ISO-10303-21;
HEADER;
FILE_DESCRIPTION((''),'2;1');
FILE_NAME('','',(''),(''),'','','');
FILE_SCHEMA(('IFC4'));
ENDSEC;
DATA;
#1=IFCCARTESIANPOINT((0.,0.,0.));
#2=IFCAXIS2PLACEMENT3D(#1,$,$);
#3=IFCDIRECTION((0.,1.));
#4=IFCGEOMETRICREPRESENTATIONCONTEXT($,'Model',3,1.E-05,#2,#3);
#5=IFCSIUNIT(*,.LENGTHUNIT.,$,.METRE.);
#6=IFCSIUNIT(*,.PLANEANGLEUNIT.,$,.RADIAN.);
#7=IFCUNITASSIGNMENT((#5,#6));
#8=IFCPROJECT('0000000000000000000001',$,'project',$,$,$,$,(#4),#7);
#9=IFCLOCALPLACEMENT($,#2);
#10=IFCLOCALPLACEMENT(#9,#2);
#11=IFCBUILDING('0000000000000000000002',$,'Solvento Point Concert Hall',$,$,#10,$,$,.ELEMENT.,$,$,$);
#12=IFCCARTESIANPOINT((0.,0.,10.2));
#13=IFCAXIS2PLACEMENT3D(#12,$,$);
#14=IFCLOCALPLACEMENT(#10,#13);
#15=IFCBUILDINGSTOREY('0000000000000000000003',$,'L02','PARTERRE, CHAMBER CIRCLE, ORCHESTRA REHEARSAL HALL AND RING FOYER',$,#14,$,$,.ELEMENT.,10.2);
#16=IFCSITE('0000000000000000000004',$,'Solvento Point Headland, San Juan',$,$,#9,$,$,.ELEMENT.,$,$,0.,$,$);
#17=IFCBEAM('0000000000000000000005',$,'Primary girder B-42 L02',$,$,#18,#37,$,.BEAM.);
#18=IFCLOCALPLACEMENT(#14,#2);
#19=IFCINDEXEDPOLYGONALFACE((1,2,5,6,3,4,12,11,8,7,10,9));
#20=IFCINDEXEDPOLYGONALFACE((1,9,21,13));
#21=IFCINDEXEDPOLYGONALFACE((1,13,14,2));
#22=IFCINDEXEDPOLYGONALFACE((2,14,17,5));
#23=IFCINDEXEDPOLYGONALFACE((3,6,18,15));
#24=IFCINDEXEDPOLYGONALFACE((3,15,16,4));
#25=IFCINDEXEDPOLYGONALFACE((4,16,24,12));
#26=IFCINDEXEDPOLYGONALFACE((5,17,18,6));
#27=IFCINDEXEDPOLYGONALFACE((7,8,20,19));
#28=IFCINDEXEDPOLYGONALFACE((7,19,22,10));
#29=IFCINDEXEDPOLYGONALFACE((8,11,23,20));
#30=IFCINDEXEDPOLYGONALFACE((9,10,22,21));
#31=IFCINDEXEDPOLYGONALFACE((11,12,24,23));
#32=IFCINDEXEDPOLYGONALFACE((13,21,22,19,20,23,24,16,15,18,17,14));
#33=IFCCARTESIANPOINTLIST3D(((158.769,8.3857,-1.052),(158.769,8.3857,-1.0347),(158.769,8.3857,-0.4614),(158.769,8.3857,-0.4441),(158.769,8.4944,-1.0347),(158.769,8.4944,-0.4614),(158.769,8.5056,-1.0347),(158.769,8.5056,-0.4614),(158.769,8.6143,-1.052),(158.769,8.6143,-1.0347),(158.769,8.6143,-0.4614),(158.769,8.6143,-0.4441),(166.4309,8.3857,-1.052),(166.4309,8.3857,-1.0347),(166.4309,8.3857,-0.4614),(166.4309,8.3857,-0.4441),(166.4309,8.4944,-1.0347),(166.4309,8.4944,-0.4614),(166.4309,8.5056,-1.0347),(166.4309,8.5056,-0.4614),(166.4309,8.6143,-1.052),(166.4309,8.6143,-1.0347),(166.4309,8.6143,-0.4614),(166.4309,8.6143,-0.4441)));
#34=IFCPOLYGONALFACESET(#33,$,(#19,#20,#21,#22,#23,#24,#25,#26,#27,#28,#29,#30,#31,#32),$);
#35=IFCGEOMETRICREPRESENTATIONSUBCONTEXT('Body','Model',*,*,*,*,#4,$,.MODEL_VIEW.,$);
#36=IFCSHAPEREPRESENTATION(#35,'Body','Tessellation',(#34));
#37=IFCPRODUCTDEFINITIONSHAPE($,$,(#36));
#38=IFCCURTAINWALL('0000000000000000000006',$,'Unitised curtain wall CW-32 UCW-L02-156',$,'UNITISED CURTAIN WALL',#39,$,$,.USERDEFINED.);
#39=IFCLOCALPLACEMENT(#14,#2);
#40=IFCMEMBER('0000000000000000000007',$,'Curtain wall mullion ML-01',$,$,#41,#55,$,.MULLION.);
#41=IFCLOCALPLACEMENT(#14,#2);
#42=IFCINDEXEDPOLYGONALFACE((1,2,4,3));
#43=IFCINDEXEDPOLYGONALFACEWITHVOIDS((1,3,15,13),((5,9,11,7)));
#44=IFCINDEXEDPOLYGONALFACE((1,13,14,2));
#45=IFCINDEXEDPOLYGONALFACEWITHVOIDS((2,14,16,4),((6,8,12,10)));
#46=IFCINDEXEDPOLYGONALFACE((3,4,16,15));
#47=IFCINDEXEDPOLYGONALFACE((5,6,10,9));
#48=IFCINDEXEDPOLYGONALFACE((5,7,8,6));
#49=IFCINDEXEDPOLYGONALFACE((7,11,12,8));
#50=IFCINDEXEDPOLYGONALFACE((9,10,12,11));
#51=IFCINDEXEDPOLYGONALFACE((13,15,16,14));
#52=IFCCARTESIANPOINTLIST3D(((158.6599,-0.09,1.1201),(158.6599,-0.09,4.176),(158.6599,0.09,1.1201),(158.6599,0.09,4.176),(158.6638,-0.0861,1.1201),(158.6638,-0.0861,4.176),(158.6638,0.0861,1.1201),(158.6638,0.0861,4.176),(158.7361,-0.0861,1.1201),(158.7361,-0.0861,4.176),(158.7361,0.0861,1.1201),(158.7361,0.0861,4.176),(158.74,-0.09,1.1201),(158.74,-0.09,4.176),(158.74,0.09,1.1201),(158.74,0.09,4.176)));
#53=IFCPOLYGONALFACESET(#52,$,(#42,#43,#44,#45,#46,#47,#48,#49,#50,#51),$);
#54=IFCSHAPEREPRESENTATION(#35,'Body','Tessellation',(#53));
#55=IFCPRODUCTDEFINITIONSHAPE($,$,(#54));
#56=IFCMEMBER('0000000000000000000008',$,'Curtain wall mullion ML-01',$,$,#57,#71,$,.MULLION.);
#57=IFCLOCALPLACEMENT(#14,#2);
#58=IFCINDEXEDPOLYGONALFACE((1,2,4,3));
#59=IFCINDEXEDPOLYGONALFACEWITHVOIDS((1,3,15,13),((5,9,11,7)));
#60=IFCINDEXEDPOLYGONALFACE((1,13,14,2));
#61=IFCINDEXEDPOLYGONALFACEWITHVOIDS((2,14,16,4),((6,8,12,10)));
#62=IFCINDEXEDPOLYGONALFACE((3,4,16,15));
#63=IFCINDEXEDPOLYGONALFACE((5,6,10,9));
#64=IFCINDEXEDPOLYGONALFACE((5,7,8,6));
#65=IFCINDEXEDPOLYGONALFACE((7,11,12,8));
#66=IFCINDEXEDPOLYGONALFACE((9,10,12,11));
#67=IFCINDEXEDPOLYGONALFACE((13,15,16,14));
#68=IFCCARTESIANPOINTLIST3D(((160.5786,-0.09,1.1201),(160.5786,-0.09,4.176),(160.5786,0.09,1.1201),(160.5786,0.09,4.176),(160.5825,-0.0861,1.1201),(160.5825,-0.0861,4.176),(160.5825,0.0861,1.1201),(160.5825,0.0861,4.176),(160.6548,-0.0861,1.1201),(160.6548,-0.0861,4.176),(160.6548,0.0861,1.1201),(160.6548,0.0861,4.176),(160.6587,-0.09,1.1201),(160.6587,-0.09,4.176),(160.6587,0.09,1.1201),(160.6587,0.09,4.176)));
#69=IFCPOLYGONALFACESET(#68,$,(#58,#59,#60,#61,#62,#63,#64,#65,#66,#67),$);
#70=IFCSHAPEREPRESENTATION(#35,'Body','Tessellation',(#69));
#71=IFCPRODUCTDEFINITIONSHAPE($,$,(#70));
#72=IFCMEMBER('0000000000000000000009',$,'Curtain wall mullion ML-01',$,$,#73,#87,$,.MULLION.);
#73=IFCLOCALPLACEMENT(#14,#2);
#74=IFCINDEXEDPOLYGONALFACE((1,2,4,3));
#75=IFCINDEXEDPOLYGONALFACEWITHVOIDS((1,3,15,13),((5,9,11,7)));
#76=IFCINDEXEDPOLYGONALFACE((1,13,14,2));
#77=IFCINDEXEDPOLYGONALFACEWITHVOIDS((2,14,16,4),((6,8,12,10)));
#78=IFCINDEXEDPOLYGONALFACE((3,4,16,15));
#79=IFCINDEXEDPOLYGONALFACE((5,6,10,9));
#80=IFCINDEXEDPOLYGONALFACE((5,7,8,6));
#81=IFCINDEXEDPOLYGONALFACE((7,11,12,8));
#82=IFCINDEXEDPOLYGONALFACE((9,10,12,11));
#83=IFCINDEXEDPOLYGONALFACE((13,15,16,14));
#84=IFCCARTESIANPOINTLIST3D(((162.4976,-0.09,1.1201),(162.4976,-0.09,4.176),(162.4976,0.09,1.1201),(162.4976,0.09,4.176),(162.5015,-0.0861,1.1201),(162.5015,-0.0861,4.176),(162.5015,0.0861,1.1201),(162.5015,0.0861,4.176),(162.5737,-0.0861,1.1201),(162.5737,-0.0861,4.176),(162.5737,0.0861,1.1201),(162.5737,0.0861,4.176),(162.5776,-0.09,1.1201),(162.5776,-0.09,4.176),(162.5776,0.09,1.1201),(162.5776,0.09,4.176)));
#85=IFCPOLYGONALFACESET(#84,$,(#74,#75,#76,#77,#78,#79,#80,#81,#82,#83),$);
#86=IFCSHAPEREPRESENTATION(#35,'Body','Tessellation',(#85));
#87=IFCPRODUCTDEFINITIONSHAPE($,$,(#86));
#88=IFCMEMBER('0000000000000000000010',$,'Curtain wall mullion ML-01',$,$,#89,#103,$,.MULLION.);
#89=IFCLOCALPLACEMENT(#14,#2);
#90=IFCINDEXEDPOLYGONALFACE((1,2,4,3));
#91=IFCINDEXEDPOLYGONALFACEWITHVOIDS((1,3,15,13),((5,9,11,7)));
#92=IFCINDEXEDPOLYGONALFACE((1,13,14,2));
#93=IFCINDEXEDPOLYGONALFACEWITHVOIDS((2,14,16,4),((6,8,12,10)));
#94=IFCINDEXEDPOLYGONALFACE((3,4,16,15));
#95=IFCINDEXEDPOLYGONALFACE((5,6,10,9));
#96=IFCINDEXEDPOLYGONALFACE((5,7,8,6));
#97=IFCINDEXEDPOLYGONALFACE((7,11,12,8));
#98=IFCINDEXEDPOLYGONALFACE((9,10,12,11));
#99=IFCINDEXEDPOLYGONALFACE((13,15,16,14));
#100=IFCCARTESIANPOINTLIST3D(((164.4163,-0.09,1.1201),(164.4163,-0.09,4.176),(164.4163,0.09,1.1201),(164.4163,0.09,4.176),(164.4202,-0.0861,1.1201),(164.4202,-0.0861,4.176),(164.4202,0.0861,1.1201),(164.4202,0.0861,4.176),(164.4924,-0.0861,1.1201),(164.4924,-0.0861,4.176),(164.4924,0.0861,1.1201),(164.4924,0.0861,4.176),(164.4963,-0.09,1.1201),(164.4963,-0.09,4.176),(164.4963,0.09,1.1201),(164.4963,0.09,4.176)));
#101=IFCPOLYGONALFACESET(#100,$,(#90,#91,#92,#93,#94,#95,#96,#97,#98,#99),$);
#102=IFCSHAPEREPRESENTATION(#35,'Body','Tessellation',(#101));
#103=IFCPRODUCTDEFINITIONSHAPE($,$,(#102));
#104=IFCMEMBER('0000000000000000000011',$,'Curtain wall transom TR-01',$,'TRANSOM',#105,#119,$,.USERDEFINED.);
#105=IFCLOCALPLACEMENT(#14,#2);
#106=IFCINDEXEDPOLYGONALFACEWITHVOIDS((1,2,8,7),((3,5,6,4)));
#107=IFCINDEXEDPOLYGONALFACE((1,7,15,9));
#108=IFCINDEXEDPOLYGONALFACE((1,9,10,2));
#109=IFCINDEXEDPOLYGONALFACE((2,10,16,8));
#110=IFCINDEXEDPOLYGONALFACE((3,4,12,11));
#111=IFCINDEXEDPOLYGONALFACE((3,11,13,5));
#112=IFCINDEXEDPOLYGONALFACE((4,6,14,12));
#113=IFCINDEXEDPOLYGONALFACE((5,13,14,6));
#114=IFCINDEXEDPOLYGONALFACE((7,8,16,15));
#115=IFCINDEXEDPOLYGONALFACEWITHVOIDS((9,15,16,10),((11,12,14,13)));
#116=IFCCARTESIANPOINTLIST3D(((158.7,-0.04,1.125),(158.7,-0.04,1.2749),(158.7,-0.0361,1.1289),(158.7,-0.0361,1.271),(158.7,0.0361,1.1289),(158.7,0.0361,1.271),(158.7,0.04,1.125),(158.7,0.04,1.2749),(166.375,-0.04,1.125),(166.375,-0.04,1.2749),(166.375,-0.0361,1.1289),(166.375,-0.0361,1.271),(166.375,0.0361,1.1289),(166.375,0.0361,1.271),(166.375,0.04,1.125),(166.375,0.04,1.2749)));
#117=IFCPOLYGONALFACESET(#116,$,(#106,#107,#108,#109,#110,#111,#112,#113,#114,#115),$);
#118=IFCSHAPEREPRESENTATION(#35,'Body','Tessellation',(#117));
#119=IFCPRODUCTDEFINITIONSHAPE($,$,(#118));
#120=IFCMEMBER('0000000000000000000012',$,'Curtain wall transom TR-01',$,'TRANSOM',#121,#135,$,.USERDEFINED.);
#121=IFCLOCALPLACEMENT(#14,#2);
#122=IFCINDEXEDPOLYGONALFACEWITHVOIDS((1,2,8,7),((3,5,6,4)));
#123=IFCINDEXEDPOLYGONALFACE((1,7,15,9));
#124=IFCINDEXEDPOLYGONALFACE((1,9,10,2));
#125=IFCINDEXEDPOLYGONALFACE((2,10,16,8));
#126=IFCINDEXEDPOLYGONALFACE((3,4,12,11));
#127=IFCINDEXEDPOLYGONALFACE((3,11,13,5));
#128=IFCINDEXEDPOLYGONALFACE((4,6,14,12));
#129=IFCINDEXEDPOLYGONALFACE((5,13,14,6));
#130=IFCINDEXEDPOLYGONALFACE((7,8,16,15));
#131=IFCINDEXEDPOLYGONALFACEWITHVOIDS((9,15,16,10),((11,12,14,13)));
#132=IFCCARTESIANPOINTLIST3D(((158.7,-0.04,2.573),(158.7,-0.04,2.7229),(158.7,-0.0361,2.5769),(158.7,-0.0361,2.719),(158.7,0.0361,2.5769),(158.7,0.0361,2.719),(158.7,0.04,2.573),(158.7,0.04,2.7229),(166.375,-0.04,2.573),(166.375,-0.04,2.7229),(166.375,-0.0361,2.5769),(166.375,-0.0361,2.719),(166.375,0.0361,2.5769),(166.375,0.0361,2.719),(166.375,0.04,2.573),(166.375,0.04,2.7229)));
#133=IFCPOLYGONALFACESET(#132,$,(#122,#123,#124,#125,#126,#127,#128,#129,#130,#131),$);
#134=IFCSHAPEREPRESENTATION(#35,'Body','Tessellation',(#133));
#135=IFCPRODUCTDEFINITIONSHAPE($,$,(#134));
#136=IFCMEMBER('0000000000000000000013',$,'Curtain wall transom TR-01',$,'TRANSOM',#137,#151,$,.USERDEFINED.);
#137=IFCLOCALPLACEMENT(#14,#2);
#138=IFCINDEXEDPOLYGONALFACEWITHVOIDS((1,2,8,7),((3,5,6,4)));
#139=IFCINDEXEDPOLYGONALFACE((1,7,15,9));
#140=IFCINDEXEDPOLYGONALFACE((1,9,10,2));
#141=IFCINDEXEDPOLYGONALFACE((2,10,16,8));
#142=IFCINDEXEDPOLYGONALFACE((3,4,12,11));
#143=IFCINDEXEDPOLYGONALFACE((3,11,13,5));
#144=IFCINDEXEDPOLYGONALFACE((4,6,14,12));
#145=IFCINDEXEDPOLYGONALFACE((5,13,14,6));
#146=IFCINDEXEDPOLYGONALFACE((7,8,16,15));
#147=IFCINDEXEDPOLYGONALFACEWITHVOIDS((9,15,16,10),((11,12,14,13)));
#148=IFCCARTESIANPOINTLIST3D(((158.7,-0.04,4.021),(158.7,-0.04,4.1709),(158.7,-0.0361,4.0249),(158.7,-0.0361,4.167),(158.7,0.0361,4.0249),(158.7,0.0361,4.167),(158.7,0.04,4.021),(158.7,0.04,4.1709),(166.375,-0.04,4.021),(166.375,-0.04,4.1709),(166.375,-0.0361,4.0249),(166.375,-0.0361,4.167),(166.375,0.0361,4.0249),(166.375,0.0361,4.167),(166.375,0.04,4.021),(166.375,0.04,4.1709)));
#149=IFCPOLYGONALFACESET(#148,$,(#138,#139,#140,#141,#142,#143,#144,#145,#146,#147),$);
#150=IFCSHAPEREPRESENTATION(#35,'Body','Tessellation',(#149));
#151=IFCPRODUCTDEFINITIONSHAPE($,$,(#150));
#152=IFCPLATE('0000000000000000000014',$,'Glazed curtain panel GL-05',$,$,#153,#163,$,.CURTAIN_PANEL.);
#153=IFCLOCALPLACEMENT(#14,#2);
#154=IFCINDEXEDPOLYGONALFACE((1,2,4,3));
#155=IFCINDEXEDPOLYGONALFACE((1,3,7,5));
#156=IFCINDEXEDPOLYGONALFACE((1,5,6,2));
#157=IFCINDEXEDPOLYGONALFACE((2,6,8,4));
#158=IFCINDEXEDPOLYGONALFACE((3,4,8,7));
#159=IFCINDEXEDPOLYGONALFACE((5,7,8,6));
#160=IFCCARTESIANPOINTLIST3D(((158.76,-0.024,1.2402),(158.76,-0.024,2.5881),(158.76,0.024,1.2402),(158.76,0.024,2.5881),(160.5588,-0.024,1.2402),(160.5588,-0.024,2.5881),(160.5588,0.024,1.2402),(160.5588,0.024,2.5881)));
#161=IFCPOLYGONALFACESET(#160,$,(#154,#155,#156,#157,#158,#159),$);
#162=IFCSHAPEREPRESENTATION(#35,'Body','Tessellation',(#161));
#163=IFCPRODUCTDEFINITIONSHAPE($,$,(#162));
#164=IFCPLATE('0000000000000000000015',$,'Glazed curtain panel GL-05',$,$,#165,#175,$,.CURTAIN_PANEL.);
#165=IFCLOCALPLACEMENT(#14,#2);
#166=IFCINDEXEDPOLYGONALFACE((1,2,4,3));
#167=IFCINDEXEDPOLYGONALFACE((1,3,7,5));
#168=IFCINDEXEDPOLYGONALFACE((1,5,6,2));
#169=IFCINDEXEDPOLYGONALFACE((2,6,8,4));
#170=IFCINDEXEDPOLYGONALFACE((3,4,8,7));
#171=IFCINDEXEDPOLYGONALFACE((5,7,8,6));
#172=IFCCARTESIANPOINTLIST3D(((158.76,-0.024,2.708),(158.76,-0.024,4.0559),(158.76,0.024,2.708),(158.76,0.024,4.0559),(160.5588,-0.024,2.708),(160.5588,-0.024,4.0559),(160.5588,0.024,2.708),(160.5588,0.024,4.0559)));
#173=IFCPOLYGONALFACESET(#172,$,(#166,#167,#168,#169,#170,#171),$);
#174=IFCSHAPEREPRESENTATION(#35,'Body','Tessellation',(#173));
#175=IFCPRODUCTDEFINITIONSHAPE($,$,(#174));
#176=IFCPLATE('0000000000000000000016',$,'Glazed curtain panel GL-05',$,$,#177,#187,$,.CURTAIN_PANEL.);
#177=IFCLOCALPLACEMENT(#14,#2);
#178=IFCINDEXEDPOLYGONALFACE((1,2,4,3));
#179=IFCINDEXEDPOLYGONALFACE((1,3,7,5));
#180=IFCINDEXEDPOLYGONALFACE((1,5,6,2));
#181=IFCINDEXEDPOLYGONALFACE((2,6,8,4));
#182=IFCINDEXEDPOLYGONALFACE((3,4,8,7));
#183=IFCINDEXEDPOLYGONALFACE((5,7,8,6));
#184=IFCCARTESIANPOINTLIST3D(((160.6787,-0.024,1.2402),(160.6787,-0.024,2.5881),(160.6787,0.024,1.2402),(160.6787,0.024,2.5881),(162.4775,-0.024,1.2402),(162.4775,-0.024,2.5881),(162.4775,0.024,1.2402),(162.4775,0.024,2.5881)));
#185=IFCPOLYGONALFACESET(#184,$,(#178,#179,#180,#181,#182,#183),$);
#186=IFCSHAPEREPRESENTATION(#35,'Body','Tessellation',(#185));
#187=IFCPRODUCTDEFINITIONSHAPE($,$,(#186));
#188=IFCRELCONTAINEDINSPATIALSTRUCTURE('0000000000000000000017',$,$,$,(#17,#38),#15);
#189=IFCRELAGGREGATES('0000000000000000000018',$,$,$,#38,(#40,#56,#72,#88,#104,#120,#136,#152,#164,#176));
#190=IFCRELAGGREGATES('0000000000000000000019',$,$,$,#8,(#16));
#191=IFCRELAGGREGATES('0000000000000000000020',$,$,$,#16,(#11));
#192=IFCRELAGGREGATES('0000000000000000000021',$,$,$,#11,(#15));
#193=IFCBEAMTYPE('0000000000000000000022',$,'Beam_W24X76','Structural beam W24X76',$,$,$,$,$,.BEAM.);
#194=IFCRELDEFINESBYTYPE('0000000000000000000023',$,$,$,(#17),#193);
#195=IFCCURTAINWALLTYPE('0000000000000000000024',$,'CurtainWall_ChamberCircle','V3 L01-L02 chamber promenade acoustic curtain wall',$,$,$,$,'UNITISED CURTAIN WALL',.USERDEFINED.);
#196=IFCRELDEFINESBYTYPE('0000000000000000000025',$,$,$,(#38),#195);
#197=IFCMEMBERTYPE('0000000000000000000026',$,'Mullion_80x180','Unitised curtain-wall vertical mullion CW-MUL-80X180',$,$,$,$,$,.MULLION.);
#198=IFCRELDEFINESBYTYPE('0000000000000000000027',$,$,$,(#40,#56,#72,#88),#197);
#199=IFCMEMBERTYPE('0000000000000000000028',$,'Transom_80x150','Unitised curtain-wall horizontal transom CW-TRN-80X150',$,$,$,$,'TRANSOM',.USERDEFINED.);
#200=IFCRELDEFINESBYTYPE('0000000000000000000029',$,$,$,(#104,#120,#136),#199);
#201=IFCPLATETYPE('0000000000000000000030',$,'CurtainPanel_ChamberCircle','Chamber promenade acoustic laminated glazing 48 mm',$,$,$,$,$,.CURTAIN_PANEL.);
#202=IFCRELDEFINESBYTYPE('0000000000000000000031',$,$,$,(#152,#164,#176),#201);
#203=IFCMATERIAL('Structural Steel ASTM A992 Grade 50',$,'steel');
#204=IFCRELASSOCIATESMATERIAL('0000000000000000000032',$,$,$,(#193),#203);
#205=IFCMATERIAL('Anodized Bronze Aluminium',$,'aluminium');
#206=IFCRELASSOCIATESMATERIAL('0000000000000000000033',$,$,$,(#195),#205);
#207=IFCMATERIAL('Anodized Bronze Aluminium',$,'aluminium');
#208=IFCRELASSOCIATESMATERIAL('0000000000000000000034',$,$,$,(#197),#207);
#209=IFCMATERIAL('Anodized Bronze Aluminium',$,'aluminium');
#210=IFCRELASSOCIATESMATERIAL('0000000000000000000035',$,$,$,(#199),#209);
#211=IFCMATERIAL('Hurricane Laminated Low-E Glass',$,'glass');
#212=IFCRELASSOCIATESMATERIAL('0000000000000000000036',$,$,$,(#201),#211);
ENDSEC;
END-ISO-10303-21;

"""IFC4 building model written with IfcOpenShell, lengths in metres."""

from ifc_helpers import new_model, si_unit, direction, frame, origin, origin_2d, place, context, subcontext, project, spatial, rectangle, hollow_rectangle, i_section, extrude, material, material_profile, profile_set, type_object, element, aggregate, save


model = new_model("IFC4")

# Units and contexts
model_context = context("Model", 3, precision=1e-05, world=origin(), true_north=direction((0.0, 1.0)))
body_context = subcontext(model_context, "Body", "Model", "MODEL_VIEW")
ifc_project = project(units=[si_unit("LENGTHUNIT", "METRE"), si_unit("PLANEANGLEUNIT", "RADIAN")], contexts=[model_context])

# Site, building, storey
site_placement = place(None, origin())
site = spatial("IfcSite", under=ifc_project, at=site_placement, Name="Solvento Point Headland, San Juan", CompositionType="ELEMENT", RefElevation=0.0)
building_placement = place(site_placement, origin())
building = spatial("IfcBuilding", under=site, at=building_placement, Name="Solvento Point Concert Hall", CompositionType="ELEMENT")
storey_placement = place(building_placement, frame((0.0, 0.0, 10.2)))
storey = spatial("IfcBuildingStorey", under=building, at=storey_placement, Name="L02", Description="PARTERRE, CHAMBER CIRCLE, ORCHESTRA REHEARSAL HALL AND RING FOYER", CompositionType="ELEMENT", Elevation=10.2)

# Beam
ifc_material_1 = material(Name="Structural Steel ASTM A992 Grade 50", Category="steel")
ifc_material_profile_1 = material_profile(ifc_material_1, i_section(OverallWidth=0.2285, OverallDepth=0.6079, WebThickness=0.0112, FlangeThickness=0.0173, at=origin_2d()), Name="W24X76")
ifc_profile_set_1 = profile_set([ifc_material_profile_1], Name="Structural Steel ASTM A992 Grade 50")
beam_type = type_object("IfcBeamType", Name="Beam_W24X76", Description="Structural beam W24X76", PredefinedType="BEAM", material=ifc_profile_set_1)
beam_placement = place(storey_placement, frame((158.769, 8.5, -0.748), z_axis=(1.0, 0.0, 0.0), x_axis=(0.0, 1.0, 0.0)))
element("IfcBeam", 1, at=beam_placement, inside=storey, type_object=beam_type, Name="Primary girder B-42 L02", PredefinedType="BEAM", context=body_context, shape_type="SweptSolid", body=[
    extrude(i_section(OverallWidth=0.2285, OverallDepth=0.6079, WebThickness=0.0112, FlangeThickness=0.0173, at=origin_2d()), origin(), (0.0, 0.0, 1.0), 7.6619),
])

# Curtain wall, members, plates
ifc_material_2 = material(Name="Anodized Bronze Aluminium", Category="aluminium")
curtain_wall_type = type_object("IfcCurtainWallType", Name="CurtainWall_ChamberCircle", Description="V3 L01-L02 chamber promenade acoustic curtain wall", ElementType="UNITISED CURTAIN WALL", PredefinedType="USERDEFINED", material=ifc_material_2)
curtain_wall_placement = place(storey_placement, origin())
curtain_wall = element("IfcCurtainWall", 2, at=curtain_wall_placement, inside=storey, type_object=curtain_wall_type, Name="Unitised curtain wall CW-32 UCW-L02-156", ObjectType="UNITISED CURTAIN WALL", PredefinedType="USERDEFINED")
ifc_material_3 = material(Name="Anodized Bronze Aluminium", Category="aluminium")
ifc_material_profile_2 = material_profile(ifc_material_3, hollow_rectangle(XDim=0.0801, YDim=0.1799, WallThickness=0.0039, at=origin_2d()), Name="CW-MUL-80X180")
ifc_profile_set_2 = profile_set([ifc_material_profile_2], Name="Anodized Bronze Aluminium")
member_type_1 = type_object("IfcMemberType", Name="Mullion_80x180", Description="Unitised curtain-wall vertical mullion CW-MUL-80X180", PredefinedType="MULLION", material=ifc_profile_set_2)
member_1_placement = place(storey_placement, frame((158.7, 0.0, 1.1201), z_axis=(0.0, 0.0, 1.0), x_axis=(1.0, 0.0, 0.0)))
member_1 = element("IfcMember", 3, at=member_1_placement, type_object=member_type_1, Name="Curtain wall mullion ML-01", PredefinedType="MULLION", context=body_context, shape_type="SweptSolid", body=[
    extrude(hollow_rectangle(XDim=0.0801, YDim=0.1799, WallThickness=0.0039, at=origin_2d()), origin(), (0.0, 0.0, 1.0), 3.0559),
])
member_2_placement = place(storey_placement, frame((160.6187, 0.0, 1.1201), z_axis=(0.0, 0.0, 1.0), x_axis=(1.0, 0.0, 0.0)))
member_2 = element("IfcMember", 4, at=member_2_placement, type_object=member_type_1, Name="Curtain wall mullion ML-01", PredefinedType="MULLION", context=body_context, shape_type="SweptSolid", body=[
    extrude(hollow_rectangle(XDim=0.0801, YDim=0.1799, WallThickness=0.0039, at=origin_2d()), origin(), (0.0, 0.0, 1.0), 3.0559),
])
member_3_placement = place(storey_placement, frame((162.5376, 0.0, 1.1201), z_axis=(0.0, 0.0, 1.0), x_axis=(1.0, 0.0, 0.0)))
member_3 = element("IfcMember", 5, at=member_3_placement, type_object=member_type_1, Name="Curtain wall mullion ML-01", PredefinedType="MULLION", context=body_context, shape_type="SweptSolid", body=[
    extrude(hollow_rectangle(XDim=0.0801, YDim=0.1799, WallThickness=0.0039, at=origin_2d()), origin(), (0.0, 0.0, 1.0), 3.0559),
])
member_4_placement = place(storey_placement, frame((164.4563, 0.0, 1.1201), z_axis=(0.0, 0.0, 1.0), x_axis=(1.0, 0.0, 0.0)))
member_4 = element("IfcMember", 6, at=member_4_placement, type_object=member_type_1, Name="Curtain wall mullion ML-01", PredefinedType="MULLION", context=body_context, shape_type="SweptSolid", body=[
    extrude(hollow_rectangle(XDim=0.0801, YDim=0.1799, WallThickness=0.0039, at=origin_2d()), origin(), (0.0, 0.0, 1.0), 3.0559),
])
ifc_material_4 = material(Name="Anodized Bronze Aluminium", Category="aluminium")
ifc_material_profile_3 = material_profile(ifc_material_4, hollow_rectangle(XDim=0.0801, YDim=0.1499, WallThickness=0.0039, at=origin_2d()), Name="CW-TRN-80X150")
ifc_profile_set_3 = profile_set([ifc_material_profile_3], Name="Anodized Bronze Aluminium")
member_type_2 = type_object("IfcMemberType", Name="Transom_80x150", Description="Unitised curtain-wall horizontal transom CW-TRN-80X150", ElementType="TRANSOM", PredefinedType="USERDEFINED", material=ifc_profile_set_3)
member_5_placement = place(storey_placement, frame((158.7, 0.0, 1.2), z_axis=(1.0, 0.0, 0.0), x_axis=(0.0, 1.0, 0.0)))
member_5 = element("IfcMember", 7, at=member_5_placement, type_object=member_type_2, Name="Curtain wall transom TR-01", ObjectType="TRANSOM", PredefinedType="USERDEFINED", context=body_context, shape_type="SweptSolid", body=[
    extrude(hollow_rectangle(XDim=0.0801, YDim=0.1499, WallThickness=0.0039, at=origin_2d()), origin(), (0.0, 0.0, 1.0), 7.675),
])
member_6_placement = place(storey_placement, frame((158.7, 0.0, 2.6479), z_axis=(1.0, 0.0, 0.0), x_axis=(0.0, 1.0, 0.0)))
member_6 = element("IfcMember", 8, at=member_6_placement, type_object=member_type_2, Name="Curtain wall transom TR-01", ObjectType="TRANSOM", PredefinedType="USERDEFINED", context=body_context, shape_type="SweptSolid", body=[
    extrude(hollow_rectangle(XDim=0.0801, YDim=0.1499, WallThickness=0.0039, at=origin_2d()), origin(), (0.0, 0.0, 1.0), 7.675),
])
member_7_placement = place(storey_placement, frame((158.7, 0.0, 4.0959), z_axis=(1.0, 0.0, 0.0), x_axis=(0.0, 1.0, 0.0)))
member_7 = element("IfcMember", 9, at=member_7_placement, type_object=member_type_2, Name="Curtain wall transom TR-01", ObjectType="TRANSOM", PredefinedType="USERDEFINED", context=body_context, shape_type="SweptSolid", body=[
    extrude(hollow_rectangle(XDim=0.0801, YDim=0.1499, WallThickness=0.0039, at=origin_2d()), origin(), (0.0, 0.0, 1.0), 7.675),
])
ifc_material_5 = material(Name="Hurricane Laminated Low-E Glass", Category="glass")
plate_type = type_object("IfcPlateType", Name="CurtainPanel_ChamberCircle", Description="Chamber promenade acoustic laminated glazing 48 mm", PredefinedType="CURTAIN_PANEL", material=ifc_material_5)
plate_1_placement = place(storey_placement, frame((159.6594, 0.0, 1.2402), z_axis=(0.0, 0.0, 1.0), x_axis=(1.0, 0.0, 0.0)))
plate_1 = element("IfcPlate", 10, at=plate_1_placement, type_object=plate_type, Name="Glazed curtain panel GL-05", PredefinedType="CURTAIN_PANEL", context=body_context, shape_type="SweptSolid", body=[
    extrude(rectangle(XDim=1.7988, YDim=0.0481, at=origin_2d()), origin(), (0.0, 0.0, 1.0), 1.3479),
])
plate_2_placement = place(storey_placement, frame((159.6594, 0.0, 2.708), z_axis=(0.0, 0.0, 1.0), x_axis=(1.0, 0.0, 0.0)))
plate_2 = element("IfcPlate", 11, at=plate_2_placement, type_object=plate_type, Name="Glazed curtain panel GL-05", PredefinedType="CURTAIN_PANEL", context=body_context, shape_type="SweptSolid", body=[
    extrude(rectangle(XDim=1.7988, YDim=0.0481, at=origin_2d()), origin(), (0.0, 0.0, 1.0), 1.3479),
])
plate_3_placement = place(storey_placement, frame((161.5781, 0.0, 1.2402), z_axis=(0.0, 0.0, 1.0), x_axis=(1.0, 0.0, 0.0)))
plate_3 = element("IfcPlate", 12, at=plate_3_placement, type_object=plate_type, Name="Glazed curtain panel GL-05", PredefinedType="CURTAIN_PANEL", context=body_context, shape_type="SweptSolid", body=[
    extrude(rectangle(XDim=1.7988, YDim=0.0481, at=origin_2d()), origin(), (0.0, 0.0, 1.0), 1.3479),
])
aggregate(curtain_wall, [member_1, member_2, member_3, member_4, member_5, member_6, member_7, plate_1, plate_2, plate_3])

save(model, "model.ifc")
